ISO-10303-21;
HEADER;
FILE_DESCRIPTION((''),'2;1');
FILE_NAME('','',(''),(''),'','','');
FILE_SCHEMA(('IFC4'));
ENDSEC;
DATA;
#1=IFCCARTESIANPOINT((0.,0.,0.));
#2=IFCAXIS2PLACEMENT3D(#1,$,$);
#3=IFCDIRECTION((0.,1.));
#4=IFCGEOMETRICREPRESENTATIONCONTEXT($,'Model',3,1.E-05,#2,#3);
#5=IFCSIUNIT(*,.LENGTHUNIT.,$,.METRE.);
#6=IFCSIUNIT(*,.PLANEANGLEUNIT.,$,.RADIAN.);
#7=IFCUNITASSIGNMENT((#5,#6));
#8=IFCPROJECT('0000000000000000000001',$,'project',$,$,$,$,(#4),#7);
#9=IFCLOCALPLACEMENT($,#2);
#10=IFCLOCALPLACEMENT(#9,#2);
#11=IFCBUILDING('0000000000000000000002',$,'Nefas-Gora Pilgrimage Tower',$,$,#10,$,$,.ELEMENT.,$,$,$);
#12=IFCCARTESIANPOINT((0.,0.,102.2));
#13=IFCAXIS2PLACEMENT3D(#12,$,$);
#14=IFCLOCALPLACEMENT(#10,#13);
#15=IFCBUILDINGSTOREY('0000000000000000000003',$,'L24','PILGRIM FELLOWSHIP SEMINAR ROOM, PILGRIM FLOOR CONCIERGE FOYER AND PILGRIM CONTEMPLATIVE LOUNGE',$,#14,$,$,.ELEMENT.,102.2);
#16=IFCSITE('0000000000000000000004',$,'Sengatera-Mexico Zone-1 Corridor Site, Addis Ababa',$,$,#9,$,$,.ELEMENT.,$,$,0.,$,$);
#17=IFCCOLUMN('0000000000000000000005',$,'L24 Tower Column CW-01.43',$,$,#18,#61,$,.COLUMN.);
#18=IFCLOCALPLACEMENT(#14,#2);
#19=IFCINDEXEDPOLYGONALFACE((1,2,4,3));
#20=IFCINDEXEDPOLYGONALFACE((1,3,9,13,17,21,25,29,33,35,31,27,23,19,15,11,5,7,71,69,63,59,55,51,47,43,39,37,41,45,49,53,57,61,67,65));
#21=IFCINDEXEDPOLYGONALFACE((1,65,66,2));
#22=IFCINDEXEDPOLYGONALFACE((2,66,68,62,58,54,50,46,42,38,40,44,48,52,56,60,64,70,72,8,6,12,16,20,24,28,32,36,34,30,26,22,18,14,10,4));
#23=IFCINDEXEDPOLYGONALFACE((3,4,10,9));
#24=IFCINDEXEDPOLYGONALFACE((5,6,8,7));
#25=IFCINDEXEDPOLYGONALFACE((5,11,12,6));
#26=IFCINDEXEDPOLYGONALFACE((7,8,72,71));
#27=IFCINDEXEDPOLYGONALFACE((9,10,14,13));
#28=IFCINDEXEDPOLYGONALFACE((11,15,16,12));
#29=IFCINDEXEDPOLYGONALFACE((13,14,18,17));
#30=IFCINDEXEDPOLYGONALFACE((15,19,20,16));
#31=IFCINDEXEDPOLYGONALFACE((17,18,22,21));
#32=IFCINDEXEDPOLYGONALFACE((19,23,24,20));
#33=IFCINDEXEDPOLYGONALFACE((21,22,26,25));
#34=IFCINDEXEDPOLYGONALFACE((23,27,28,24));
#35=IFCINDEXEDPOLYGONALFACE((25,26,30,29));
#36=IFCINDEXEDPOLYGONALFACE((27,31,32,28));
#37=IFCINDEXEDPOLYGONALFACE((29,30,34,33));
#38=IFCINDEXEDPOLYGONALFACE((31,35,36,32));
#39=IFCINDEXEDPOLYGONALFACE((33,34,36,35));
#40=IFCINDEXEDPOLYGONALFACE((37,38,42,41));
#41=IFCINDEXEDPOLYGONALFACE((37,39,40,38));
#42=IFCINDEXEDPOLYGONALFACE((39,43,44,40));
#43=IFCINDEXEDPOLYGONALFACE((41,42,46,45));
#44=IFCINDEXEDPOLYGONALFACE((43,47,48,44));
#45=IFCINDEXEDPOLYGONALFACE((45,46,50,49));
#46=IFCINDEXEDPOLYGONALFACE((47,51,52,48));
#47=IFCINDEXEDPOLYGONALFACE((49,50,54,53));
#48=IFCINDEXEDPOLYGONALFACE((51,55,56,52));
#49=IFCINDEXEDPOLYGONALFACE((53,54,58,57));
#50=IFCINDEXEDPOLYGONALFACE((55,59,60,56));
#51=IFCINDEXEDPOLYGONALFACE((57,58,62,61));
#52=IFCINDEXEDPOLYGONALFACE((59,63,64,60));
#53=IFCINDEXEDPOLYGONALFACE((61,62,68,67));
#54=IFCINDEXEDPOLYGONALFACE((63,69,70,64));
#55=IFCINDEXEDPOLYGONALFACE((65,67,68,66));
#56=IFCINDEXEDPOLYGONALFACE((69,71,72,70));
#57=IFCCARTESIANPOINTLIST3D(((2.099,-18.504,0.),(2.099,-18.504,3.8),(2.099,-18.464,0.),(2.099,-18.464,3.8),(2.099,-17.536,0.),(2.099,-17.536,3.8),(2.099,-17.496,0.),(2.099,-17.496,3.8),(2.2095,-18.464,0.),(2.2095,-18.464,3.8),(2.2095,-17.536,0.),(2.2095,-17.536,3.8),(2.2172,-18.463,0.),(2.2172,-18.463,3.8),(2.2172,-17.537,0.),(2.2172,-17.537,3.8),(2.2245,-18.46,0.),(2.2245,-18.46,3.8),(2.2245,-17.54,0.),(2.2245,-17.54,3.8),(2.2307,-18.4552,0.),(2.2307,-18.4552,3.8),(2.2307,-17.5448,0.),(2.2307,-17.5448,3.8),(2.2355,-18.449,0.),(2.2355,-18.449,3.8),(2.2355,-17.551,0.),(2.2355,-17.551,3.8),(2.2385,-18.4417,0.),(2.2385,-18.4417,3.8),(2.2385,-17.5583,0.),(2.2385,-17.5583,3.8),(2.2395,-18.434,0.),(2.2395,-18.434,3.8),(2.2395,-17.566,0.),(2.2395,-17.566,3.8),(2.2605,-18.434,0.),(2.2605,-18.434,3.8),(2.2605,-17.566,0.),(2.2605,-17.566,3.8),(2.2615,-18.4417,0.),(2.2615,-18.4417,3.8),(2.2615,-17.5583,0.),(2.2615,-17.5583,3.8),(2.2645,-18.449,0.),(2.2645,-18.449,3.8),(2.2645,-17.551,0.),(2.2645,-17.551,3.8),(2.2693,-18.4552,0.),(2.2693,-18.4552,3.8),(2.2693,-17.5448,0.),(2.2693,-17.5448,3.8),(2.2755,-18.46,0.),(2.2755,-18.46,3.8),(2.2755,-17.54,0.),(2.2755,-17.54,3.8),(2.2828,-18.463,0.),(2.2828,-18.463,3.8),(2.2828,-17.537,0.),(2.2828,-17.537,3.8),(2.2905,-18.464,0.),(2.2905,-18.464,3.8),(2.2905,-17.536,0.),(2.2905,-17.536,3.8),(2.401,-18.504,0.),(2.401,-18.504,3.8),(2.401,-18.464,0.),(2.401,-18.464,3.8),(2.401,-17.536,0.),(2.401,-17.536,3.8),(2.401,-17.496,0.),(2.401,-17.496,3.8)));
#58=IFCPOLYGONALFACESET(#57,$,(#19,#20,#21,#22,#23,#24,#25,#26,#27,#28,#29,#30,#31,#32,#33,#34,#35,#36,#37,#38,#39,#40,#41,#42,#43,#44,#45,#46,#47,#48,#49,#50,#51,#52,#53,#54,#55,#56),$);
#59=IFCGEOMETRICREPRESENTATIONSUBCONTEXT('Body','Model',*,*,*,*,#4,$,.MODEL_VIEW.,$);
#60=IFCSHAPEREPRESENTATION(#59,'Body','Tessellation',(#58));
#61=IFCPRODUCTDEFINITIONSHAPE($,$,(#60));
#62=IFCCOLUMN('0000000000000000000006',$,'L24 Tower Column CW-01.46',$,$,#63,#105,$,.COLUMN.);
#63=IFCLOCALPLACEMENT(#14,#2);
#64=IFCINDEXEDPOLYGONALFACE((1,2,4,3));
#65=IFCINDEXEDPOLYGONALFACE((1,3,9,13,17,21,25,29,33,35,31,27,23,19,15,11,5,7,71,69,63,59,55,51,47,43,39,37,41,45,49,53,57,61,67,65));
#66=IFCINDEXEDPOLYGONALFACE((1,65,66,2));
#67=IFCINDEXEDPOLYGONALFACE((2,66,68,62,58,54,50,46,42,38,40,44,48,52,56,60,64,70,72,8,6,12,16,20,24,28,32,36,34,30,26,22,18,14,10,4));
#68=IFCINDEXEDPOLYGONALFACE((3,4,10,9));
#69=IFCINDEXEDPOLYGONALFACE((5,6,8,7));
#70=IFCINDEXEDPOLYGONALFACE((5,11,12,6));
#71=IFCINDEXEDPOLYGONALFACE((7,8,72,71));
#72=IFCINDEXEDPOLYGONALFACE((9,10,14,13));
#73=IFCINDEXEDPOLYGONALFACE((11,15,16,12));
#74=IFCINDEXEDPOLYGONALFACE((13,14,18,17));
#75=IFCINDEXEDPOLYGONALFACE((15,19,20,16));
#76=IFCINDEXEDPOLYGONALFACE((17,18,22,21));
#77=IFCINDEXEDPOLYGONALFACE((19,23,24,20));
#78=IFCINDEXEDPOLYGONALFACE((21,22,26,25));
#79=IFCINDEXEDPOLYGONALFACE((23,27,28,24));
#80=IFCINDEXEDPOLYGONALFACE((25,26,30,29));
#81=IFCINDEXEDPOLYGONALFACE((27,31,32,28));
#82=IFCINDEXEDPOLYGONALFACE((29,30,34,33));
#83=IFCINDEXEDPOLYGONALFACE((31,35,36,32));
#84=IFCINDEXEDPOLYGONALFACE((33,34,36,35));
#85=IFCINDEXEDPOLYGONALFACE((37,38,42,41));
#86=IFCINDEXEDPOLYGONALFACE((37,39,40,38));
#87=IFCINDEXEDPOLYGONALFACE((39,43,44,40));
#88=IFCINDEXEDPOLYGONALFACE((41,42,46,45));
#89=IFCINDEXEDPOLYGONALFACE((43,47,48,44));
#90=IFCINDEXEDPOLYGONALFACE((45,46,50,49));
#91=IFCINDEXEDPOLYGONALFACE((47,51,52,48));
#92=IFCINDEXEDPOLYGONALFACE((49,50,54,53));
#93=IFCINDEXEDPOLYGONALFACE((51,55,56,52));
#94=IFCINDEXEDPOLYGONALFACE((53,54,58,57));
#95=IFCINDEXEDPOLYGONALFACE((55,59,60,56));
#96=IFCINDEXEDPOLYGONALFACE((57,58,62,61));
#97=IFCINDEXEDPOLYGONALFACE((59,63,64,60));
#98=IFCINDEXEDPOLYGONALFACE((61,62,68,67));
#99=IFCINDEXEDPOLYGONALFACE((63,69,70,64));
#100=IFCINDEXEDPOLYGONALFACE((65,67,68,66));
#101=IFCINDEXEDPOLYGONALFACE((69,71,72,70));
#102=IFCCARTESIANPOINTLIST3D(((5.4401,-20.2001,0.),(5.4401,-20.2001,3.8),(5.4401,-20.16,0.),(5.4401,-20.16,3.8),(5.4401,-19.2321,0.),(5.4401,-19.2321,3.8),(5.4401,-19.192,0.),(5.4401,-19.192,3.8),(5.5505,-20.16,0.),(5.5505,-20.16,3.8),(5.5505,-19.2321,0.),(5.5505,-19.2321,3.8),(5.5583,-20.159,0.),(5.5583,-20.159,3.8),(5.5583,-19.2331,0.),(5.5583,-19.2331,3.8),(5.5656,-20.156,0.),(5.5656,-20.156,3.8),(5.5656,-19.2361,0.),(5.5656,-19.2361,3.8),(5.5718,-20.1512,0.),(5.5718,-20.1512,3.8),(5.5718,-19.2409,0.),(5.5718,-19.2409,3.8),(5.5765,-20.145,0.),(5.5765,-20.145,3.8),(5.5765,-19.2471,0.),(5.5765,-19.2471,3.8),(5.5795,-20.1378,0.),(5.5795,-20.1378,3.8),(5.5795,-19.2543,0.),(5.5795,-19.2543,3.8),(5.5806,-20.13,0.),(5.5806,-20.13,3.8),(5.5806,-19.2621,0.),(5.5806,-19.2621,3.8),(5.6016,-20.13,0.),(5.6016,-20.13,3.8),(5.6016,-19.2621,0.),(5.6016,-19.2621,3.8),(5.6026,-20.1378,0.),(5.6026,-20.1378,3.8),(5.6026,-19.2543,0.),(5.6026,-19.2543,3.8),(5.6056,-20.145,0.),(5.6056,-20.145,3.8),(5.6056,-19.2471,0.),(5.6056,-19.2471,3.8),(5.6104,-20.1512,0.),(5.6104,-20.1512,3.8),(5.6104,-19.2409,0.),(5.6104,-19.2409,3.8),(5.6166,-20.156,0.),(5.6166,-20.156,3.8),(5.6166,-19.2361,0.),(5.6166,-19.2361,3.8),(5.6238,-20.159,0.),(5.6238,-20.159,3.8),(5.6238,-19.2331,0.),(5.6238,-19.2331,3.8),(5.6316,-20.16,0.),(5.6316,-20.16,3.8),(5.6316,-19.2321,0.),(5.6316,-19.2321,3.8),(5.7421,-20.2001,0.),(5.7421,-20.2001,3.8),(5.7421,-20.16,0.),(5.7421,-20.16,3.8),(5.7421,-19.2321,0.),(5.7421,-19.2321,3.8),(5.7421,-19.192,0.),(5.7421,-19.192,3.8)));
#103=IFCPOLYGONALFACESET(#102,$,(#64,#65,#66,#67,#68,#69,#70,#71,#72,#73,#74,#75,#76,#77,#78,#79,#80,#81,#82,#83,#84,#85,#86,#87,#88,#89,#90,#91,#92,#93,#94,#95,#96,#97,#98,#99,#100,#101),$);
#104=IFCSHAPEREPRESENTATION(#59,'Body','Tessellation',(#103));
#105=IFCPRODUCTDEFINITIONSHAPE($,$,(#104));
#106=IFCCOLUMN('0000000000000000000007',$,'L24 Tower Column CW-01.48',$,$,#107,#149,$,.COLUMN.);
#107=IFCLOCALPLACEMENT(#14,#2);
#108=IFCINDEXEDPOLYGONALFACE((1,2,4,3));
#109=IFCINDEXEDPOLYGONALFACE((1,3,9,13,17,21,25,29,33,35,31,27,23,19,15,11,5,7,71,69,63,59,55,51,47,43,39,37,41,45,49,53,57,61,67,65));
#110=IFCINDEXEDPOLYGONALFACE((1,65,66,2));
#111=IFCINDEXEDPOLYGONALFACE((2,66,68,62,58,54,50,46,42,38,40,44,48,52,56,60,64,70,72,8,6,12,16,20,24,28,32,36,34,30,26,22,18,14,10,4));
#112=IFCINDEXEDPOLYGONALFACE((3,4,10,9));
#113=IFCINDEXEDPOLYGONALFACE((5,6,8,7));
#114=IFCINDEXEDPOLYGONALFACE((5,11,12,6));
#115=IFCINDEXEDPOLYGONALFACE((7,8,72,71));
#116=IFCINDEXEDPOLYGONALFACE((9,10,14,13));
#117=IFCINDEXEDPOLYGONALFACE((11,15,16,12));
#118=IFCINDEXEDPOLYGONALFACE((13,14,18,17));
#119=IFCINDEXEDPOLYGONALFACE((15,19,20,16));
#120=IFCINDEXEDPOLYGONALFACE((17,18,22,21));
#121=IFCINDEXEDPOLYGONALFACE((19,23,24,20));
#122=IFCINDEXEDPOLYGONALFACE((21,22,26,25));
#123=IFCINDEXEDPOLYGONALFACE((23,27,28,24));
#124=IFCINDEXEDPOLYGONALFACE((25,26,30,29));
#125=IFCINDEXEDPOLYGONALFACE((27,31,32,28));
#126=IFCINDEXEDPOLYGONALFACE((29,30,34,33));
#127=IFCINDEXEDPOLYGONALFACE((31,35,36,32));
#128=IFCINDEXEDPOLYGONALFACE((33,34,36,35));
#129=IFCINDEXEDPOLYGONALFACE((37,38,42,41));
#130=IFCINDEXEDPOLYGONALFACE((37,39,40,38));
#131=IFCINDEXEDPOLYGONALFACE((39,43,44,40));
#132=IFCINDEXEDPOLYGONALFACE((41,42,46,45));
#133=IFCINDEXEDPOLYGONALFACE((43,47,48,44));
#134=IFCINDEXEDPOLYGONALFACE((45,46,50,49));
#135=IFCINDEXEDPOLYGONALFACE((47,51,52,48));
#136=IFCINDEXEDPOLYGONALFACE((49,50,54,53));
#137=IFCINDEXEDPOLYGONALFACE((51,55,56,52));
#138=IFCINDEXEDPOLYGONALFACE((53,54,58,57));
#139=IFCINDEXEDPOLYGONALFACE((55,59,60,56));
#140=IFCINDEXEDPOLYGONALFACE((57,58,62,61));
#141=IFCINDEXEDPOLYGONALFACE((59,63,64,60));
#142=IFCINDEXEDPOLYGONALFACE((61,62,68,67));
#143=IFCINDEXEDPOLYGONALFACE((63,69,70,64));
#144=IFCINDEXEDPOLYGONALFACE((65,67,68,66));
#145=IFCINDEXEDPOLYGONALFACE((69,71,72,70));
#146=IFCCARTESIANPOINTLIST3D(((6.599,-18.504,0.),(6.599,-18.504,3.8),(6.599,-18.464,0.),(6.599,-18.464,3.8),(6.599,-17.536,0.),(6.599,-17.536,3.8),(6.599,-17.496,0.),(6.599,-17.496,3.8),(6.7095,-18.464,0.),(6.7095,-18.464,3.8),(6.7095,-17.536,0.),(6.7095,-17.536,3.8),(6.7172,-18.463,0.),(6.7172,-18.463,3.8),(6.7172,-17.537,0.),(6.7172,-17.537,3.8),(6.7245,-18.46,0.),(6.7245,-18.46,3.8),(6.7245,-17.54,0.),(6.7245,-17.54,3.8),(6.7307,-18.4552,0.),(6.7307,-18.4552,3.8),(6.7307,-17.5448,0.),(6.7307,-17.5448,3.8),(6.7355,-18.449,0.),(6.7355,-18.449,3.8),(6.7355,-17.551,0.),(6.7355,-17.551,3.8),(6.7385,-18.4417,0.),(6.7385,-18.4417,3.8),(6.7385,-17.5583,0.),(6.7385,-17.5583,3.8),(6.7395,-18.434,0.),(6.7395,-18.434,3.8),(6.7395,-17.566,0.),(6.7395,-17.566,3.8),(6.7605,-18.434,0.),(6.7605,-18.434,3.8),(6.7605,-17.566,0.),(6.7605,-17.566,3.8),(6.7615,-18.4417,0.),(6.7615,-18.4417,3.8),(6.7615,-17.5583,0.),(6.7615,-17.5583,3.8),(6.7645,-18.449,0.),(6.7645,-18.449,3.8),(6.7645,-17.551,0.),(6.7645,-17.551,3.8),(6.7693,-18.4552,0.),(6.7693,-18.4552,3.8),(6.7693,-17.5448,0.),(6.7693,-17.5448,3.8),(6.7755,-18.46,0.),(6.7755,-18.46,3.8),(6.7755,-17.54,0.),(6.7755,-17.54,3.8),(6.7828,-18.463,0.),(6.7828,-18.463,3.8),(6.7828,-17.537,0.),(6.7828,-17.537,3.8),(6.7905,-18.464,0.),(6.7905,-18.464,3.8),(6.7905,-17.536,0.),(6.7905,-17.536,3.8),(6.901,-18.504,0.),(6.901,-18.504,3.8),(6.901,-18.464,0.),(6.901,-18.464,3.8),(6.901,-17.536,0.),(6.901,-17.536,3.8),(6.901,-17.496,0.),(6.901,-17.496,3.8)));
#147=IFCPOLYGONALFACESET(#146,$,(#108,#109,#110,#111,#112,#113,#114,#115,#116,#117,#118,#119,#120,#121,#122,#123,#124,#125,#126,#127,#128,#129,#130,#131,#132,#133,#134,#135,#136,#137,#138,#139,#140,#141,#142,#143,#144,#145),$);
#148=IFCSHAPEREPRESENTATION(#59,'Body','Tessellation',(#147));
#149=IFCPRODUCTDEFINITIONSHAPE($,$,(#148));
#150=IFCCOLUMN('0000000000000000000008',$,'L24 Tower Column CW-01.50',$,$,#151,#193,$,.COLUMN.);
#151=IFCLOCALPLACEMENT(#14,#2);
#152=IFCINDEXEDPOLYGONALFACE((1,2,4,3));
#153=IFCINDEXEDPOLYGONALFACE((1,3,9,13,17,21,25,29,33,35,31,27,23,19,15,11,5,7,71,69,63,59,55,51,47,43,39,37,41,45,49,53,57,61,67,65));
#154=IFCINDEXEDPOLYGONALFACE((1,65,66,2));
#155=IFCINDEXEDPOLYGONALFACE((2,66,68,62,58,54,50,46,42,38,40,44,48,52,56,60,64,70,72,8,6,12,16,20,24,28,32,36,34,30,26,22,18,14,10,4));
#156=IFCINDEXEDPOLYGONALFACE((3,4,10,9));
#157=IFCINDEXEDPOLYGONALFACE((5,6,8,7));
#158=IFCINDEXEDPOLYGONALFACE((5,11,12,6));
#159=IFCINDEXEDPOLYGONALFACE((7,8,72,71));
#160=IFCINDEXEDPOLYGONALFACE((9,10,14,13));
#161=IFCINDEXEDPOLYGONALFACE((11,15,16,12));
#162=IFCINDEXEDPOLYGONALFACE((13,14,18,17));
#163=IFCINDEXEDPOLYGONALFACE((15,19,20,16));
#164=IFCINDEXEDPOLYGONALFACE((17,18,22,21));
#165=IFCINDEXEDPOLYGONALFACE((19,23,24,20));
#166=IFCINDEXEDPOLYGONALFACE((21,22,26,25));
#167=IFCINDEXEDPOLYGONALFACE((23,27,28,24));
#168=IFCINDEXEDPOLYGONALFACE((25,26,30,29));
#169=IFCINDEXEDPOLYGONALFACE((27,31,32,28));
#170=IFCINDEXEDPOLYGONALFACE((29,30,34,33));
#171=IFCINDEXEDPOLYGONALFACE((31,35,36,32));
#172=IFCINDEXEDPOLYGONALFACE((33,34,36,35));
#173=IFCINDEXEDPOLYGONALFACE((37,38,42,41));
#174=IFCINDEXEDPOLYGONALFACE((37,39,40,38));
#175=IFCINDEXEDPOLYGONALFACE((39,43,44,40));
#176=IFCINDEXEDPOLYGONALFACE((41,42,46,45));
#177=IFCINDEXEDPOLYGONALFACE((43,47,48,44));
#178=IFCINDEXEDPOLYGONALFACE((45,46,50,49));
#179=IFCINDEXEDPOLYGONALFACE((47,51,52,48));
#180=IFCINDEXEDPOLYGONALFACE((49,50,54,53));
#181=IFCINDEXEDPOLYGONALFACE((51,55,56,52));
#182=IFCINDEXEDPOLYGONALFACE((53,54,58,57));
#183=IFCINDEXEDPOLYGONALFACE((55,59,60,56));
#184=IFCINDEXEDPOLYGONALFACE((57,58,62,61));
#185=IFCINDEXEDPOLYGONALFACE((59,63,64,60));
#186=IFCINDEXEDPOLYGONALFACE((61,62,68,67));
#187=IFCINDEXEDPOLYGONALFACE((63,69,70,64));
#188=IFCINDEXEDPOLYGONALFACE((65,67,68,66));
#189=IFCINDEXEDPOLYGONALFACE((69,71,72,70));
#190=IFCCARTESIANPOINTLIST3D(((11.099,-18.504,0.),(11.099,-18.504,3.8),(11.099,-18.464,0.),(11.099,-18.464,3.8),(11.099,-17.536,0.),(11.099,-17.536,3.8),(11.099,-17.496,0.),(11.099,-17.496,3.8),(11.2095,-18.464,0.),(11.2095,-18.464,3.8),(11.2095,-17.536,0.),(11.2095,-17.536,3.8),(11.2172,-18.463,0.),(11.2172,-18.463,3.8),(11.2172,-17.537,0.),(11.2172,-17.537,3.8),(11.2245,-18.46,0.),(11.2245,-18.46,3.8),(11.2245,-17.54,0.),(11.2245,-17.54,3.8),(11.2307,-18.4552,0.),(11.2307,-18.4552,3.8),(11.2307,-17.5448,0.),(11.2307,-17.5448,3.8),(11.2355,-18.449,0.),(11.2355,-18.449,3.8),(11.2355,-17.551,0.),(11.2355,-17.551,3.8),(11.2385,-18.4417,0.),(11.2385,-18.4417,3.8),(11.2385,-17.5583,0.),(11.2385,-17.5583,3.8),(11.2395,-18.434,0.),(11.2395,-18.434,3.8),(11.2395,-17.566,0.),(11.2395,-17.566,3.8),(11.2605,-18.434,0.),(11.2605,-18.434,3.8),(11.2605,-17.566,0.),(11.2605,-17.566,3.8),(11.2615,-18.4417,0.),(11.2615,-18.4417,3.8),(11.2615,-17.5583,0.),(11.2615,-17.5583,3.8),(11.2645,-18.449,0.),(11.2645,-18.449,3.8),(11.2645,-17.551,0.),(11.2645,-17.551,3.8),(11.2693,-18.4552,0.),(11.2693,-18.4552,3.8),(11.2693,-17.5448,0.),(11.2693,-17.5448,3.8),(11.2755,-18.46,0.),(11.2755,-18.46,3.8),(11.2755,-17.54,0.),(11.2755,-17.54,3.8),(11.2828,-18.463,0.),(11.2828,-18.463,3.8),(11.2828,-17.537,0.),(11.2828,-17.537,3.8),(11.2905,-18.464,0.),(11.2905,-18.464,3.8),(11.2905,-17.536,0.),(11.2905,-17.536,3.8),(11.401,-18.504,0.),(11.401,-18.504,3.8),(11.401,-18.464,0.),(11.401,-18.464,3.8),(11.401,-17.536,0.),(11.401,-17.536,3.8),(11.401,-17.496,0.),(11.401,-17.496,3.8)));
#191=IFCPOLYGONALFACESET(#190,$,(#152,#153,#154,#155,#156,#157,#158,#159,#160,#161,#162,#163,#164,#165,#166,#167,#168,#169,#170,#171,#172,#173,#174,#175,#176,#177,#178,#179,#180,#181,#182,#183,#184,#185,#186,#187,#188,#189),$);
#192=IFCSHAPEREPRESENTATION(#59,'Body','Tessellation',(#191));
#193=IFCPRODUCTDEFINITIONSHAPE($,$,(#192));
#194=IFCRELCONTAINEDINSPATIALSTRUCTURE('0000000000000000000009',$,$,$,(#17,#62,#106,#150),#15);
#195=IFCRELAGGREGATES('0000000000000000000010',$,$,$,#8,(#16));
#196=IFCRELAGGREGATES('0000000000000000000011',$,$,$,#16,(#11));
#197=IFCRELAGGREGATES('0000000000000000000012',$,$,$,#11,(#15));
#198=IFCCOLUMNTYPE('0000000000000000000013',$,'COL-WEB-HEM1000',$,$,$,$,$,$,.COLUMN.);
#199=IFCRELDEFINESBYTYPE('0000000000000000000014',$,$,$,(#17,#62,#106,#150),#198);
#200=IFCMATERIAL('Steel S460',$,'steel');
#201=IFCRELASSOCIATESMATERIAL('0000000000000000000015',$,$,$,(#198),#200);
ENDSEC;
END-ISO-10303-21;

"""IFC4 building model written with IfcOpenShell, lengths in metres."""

from ifc_helpers import new_model, si_unit, direction, frame, origin, origin_2d, place, context, subcontext, project, spatial, i_section, extrude, source, transform, mapped, material, material_profile, profile_set, type_object, element, save


model = new_model("IFC4")

# Units and contexts
model_context = context("Model", 3, precision=1e-05, world=origin(), true_north=direction((0.0, 1.0)))
body_context = subcontext(model_context, "Body", "Model", "MODEL_VIEW")
ifc_project = project(units=[si_unit("LENGTHUNIT", "METRE"), si_unit("PLANEANGLEUNIT", "RADIAN")], contexts=[model_context])

# Site, building, storey
site_placement = place(None, origin())
site = spatial("IfcSite", under=ifc_project, at=site_placement, Name="Sengatera-Mexico Zone-1 Corridor Site, Addis Ababa", CompositionType="ELEMENT", RefElevation=0.0)
building_placement = place(site_placement, origin())
building = spatial("IfcBuilding", under=site, at=building_placement, Name="Nefas-Gora Pilgrimage Tower", CompositionType="ELEMENT")
storey_placement = place(building_placement, frame((0.0, 0.0, 102.2)))
storey = spatial("IfcBuildingStorey", under=building, at=storey_placement, Name="L24", Description="PILGRIM FELLOWSHIP SEMINAR ROOM, PILGRIM FLOOR CONCIERGE FOYER AND PILGRIM CONTEMPLATIVE LOUNGE", CompositionType="ELEMENT", Elevation=102.2)

# Columns
ifc_material_1 = material(Name="Steel S460", Category="steel")
ifc_material_profile_1 = material_profile(ifc_material_1, i_section(OverallWidth=0.302, OverallDepth=1.0081, WebThickness=0.021, FlangeThickness=0.04, FilletRadius=0.03, at=origin_2d()), Name="HEM 1000")
ifc_profile_set_1 = profile_set([ifc_material_profile_1], Name="Steel S460")
column_type_1 = type_object("IfcColumnType", Name="COL-WEB-HEM1000", PredefinedType="COLUMN", material=ifc_profile_set_1)
shared_shape_1 = source(origin(), body_context, "Body", "SweptSolid", [
    extrude(i_section(OverallWidth=0.302, OverallDepth=1.0081, WebThickness=0.021, FlangeThickness=0.04, FilletRadius=0.03, at=origin_2d()), origin(), (0.0, 0.0, 1.0), 3.8),
])
for number, where, z_axis, x_axis, name in (
    (1, (2.25, -18.0, 0.0), (0.0, 0.0, 1.0), (1.0, 0.0, 0.0), "L24 Tower Column CW-01.43"),
    (2, (5.5911, -19.696, 0.0), (0.0, 0.0, 1.0), (1.0, 0.0, 0.0), "L24 Tower Column CW-01.46"),
    (3, (6.75, -18.0, 0.0), (0.0, 0.0, 1.0), (1.0, 0.0, 0.0), "L24 Tower Column CW-01.48"),
    (4, (11.25, -18.0, 0.0), (0.0, 0.0, 1.0), (1.0, 0.0, 0.0), "L24 Tower Column CW-01.50"),
):
    element("IfcColumn", number, at=place(storey_placement, frame(where, z_axis=z_axis, x_axis=x_axis)), inside=storey, type_object=column_type_1, Name=name, PredefinedType="COLUMN", context=body_context, shape_type="MappedRepresentation", body=[
        mapped(shared_shape_1, transform((0.0, 0.0, 0.0), x_axis=(1.0, 0.0, 0.0), y_axis=(0.0, 1.0, 0.0), z_axis=(0.0, 0.0, 1.0), scale=1.0)),
    ])

save(model, "model.ifc")
